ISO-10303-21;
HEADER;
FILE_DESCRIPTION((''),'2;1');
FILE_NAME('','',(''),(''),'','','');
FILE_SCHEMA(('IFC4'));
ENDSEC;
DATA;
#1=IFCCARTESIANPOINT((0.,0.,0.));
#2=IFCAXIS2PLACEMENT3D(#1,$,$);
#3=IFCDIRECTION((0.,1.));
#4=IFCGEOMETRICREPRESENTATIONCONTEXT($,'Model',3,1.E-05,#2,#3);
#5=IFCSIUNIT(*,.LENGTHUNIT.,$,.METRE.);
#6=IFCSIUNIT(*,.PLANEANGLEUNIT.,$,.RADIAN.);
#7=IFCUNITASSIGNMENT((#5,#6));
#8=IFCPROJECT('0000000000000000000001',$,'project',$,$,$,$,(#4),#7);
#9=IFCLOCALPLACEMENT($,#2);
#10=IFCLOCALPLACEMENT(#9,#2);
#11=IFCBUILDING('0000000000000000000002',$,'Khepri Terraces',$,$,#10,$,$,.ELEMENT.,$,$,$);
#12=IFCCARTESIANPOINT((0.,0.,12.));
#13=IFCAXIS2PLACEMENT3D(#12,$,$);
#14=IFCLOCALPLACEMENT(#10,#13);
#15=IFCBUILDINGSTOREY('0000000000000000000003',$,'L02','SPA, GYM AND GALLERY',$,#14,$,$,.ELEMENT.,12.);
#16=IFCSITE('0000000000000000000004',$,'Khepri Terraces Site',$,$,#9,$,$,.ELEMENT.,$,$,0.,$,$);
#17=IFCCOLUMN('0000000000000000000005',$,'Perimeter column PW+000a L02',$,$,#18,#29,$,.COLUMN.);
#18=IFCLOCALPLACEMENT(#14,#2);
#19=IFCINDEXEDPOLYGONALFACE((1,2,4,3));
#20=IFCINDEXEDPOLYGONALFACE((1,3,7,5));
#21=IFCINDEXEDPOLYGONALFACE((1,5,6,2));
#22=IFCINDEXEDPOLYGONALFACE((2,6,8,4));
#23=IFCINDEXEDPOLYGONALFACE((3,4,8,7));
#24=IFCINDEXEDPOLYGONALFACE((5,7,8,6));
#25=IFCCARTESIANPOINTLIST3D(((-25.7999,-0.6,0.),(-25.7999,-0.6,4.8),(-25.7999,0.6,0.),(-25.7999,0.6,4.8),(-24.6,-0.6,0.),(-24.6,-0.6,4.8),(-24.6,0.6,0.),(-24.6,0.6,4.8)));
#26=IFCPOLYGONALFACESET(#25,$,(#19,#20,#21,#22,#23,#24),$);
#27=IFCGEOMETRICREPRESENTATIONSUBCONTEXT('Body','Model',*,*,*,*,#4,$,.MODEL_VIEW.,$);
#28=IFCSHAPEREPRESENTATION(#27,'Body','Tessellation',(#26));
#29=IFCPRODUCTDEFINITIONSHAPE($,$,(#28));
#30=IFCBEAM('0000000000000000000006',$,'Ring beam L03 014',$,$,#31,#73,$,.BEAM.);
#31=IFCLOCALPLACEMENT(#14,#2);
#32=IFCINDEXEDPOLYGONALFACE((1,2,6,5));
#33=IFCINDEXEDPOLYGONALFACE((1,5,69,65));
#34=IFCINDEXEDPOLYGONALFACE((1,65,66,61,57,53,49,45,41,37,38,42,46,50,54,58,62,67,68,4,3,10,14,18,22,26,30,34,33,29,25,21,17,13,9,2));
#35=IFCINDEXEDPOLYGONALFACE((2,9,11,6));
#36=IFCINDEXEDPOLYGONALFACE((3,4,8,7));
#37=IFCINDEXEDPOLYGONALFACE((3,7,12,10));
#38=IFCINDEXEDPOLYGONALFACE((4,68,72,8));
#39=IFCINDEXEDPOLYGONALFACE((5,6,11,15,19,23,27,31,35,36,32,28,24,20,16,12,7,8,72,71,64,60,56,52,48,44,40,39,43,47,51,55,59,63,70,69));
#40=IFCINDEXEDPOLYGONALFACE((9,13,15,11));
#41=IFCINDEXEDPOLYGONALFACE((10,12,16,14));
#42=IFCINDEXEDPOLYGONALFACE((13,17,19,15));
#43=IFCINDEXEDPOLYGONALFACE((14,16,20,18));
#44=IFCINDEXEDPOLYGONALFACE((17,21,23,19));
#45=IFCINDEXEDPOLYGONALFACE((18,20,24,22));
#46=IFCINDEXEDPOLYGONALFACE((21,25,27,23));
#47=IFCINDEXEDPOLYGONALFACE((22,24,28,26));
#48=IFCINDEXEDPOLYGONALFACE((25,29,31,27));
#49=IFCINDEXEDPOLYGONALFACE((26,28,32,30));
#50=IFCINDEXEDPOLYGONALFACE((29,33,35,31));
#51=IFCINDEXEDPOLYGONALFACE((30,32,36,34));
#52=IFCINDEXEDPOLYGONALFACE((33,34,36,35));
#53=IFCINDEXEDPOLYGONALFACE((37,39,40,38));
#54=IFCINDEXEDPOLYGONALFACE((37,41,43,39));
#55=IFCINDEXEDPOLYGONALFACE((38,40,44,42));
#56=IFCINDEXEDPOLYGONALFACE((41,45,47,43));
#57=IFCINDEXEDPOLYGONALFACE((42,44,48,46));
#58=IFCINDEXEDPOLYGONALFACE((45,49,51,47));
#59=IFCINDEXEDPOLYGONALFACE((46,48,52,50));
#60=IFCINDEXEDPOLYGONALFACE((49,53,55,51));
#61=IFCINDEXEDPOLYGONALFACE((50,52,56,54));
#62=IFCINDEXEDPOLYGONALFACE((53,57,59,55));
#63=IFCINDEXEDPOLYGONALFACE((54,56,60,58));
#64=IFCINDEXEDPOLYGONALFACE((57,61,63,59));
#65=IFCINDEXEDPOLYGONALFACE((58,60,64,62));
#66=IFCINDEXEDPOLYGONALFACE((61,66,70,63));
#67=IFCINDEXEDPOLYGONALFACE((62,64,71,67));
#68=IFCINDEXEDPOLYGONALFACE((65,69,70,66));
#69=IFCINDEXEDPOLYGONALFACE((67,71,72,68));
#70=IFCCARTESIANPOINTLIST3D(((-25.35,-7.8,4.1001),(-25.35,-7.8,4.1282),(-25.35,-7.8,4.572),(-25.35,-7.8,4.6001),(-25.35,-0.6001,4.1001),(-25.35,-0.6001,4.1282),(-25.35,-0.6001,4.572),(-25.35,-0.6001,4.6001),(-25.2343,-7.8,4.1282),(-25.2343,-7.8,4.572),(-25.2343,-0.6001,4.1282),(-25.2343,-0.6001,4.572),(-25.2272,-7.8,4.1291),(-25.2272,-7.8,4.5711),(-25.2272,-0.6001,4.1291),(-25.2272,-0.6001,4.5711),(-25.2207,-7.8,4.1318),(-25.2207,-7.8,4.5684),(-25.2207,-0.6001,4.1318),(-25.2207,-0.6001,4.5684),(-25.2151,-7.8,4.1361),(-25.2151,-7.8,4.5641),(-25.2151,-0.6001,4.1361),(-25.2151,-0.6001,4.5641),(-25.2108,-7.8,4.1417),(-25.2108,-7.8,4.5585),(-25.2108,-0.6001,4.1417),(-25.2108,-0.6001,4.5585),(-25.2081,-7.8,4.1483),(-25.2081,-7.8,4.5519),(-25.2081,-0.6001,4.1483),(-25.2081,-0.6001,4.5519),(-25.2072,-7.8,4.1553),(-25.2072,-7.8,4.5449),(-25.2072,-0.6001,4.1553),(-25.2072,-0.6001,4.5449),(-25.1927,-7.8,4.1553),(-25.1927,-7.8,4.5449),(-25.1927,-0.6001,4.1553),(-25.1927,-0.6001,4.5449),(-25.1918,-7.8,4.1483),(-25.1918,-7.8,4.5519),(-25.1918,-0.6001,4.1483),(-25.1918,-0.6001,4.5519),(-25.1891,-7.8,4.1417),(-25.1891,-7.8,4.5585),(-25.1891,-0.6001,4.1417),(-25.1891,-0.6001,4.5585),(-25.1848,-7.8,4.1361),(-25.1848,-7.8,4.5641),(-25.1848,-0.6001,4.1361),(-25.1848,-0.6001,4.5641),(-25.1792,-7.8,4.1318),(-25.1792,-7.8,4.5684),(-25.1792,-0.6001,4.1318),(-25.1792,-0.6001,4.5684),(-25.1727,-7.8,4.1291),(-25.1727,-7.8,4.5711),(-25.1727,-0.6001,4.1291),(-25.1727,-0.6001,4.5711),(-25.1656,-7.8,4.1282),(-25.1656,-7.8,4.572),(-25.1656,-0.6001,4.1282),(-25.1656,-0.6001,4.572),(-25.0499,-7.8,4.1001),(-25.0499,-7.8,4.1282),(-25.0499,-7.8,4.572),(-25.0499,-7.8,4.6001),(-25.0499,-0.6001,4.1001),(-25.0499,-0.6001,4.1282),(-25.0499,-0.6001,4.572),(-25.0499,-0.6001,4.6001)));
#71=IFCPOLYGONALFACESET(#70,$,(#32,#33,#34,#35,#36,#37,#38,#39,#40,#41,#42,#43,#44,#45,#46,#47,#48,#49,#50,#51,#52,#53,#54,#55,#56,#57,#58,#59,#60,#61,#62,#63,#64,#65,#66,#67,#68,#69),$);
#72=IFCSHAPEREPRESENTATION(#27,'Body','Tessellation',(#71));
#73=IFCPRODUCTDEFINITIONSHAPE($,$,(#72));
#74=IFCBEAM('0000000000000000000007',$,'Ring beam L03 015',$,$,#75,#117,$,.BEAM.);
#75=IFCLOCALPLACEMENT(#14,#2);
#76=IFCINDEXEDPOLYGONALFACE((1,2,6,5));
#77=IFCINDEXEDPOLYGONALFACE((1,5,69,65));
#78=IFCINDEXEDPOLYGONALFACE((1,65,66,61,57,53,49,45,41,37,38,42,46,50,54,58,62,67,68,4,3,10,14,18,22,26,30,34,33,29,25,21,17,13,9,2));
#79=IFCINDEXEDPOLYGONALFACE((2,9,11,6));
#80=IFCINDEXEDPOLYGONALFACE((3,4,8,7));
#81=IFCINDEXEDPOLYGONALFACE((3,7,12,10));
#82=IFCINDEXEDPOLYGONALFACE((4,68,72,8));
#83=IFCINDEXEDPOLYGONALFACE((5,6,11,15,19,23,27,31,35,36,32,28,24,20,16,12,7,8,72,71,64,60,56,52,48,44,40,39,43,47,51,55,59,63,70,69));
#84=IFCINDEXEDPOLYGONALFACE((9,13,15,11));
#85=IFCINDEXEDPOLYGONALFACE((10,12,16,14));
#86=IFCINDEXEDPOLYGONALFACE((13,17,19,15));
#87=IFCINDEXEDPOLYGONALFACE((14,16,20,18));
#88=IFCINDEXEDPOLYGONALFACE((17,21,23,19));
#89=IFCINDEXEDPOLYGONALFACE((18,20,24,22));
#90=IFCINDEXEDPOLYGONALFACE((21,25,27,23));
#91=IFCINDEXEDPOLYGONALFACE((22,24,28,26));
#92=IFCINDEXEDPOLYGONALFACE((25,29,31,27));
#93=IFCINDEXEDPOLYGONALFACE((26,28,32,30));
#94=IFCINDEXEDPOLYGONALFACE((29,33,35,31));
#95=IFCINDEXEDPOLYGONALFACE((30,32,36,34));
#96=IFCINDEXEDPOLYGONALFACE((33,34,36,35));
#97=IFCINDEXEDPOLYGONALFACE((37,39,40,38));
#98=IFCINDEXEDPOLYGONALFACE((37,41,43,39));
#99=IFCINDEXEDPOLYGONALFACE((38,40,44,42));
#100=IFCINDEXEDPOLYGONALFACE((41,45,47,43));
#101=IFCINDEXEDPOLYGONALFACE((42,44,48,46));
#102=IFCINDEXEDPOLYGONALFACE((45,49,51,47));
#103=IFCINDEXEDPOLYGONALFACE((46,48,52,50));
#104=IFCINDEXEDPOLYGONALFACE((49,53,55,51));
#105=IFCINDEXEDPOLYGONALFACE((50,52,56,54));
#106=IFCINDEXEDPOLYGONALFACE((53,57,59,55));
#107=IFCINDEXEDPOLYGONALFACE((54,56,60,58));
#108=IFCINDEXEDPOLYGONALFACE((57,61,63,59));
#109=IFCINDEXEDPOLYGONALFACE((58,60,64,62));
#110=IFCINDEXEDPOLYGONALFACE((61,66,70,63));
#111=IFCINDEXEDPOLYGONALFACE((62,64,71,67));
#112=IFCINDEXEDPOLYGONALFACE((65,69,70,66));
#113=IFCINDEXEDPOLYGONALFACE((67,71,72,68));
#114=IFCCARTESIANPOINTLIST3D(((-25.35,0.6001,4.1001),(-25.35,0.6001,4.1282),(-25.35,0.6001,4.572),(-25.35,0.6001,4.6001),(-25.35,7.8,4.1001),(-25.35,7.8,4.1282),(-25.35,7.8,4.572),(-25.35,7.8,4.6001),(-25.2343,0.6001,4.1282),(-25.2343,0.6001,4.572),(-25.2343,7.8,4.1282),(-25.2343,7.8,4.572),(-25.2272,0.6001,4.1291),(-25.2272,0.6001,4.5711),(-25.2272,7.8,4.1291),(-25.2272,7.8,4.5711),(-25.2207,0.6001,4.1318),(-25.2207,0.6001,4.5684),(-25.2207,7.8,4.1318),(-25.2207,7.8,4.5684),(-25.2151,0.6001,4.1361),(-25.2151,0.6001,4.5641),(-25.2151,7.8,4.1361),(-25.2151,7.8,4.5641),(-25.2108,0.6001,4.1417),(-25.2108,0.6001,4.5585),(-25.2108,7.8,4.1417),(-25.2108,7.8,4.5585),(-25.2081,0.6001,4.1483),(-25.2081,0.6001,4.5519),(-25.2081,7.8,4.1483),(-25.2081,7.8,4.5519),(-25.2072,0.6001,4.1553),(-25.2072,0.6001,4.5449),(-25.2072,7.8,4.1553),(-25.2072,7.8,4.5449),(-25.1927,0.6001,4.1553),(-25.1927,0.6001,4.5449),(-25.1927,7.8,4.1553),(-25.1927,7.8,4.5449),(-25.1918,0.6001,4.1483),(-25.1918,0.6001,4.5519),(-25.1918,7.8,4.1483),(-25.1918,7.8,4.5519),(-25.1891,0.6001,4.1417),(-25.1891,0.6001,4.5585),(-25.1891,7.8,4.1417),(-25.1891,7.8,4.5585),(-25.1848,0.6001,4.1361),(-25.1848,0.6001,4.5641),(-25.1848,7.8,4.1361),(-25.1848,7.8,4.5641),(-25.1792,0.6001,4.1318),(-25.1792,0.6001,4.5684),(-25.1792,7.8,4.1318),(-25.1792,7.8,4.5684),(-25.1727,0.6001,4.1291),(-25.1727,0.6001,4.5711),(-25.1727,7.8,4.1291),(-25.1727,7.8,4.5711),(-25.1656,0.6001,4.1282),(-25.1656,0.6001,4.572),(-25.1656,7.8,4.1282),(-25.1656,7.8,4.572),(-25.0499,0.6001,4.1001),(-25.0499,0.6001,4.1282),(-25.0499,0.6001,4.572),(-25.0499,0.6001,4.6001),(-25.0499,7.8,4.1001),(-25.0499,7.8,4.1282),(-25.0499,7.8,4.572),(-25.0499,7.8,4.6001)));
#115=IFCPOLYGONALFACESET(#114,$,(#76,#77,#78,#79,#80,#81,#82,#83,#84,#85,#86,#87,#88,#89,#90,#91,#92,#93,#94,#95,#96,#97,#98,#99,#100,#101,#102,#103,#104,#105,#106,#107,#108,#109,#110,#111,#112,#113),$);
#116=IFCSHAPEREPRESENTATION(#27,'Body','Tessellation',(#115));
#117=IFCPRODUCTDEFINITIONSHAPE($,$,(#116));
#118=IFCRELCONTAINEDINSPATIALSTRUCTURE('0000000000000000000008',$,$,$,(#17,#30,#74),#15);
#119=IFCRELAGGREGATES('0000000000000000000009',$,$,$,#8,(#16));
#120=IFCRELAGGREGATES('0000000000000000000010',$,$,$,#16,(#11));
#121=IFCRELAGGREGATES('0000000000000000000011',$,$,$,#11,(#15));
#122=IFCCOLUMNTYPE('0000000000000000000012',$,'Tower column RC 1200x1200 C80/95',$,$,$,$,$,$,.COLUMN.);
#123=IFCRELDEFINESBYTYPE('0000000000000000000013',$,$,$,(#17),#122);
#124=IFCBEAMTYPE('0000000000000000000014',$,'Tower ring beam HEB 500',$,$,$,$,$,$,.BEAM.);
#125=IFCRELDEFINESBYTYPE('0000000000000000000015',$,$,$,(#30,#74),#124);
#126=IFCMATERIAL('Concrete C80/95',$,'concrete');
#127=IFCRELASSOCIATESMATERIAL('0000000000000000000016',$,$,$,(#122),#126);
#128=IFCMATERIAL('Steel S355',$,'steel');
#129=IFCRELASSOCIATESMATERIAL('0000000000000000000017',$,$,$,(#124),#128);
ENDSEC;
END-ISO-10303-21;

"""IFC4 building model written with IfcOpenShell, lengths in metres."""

from ifc_helpers import new_model, si_unit, direction, frame, origin, origin_2d, place, context, subcontext, project, spatial, rectangle, i_section, extrude, material, material_profile, profile_set, type_object, element, save


model = new_model("IFC4")

# Units and contexts
model_context = context("Model", 3, precision=1e-05, world=origin(), true_north=direction((0.0, 1.0)))
body_context = subcontext(model_context, "Body", "Model", "MODEL_VIEW")
ifc_project = project(units=[si_unit("LENGTHUNIT", "METRE"), si_unit("PLANEANGLEUNIT", "RADIAN")], contexts=[model_context])

# Site, building, storey
site_placement = place(None, origin())
site = spatial("IfcSite", under=ifc_project, at=site_placement, Name="Khepri Terraces Site", CompositionType="ELEMENT", RefElevation=0.0)
building_placement = place(site_placement, origin())
building = spatial("IfcBuilding", under=site, at=building_placement, Name="Khepri Terraces", CompositionType="ELEMENT")
storey_placement = place(building_placement, frame((0.0, 0.0, 12.0)))
storey = spatial("IfcBuildingStorey", under=building, at=storey_placement, Name="L02", Description="SPA, GYM AND GALLERY", CompositionType="ELEMENT", Elevation=12.0)

# Column
ifc_material_1 = material(Name="Concrete C80/95", Category="concrete")
ifc_material_profile_1 = material_profile(ifc_material_1, rectangle(XDim=1.2, YDim=1.2, at=origin_2d()), Name="Concrete C80/95", Category="concrete")
ifc_profile_set_1 = profile_set([ifc_material_profile_1], Name="Concrete C80/95")
column_type = type_object("IfcColumnType", Name="Tower column RC 1200x1200 C80/95", PredefinedType="COLUMN", material=ifc_profile_set_1)
column_placement = place(storey_placement, frame((-25.2, 0.0, 0.0), z_axis=(0.0, 0.0, 1.0), x_axis=(1.0, 0.0, 0.0)))
element("IfcColumn", 1, at=column_placement, inside=storey, type_object=column_type, Name="Perimeter column PW+000a L02", PredefinedType="COLUMN", context=body_context, shape_type="SweptSolid", body=[
    extrude(rectangle(XDim=1.2, YDim=1.2, at=origin_2d()), origin(), (0.0, 0.0, 1.0), 4.8),
])

# Beams
ifc_material_2 = material(Name="Steel S355", Category="steel")
ifc_material_profile_2 = material_profile(ifc_material_2, i_section(OverallWidth=0.3, OverallDepth=0.5, WebThickness=0.0144, FlangeThickness=0.0281, FilletRadius=0.0271, at=origin_2d()), Name="Steel S355", Category="steel")
ifc_profile_set_2 = profile_set([ifc_material_profile_2], Name="Steel S355")
beam_type = type_object("IfcBeamType", Name="Tower ring beam HEB 500", PredefinedType="BEAM", material=ifc_profile_set_2)
for number, where, z_axis, x_axis, name in (
    (2, (-25.2, -7.8, 4.3501), (0.0, 1.0, 0.0), (-1.0, 0.0, 0.0), "Ring beam L03 014"),
    (3, (-25.2, 0.6001, 4.3501), (0.0, 1.0, 0.0), (-1.0, 0.0, 0.0), "Ring beam L03 015"),
):
    element("IfcBeam", number, at=place(storey_placement, frame(where, z_axis=z_axis, x_axis=x_axis)), inside=storey, type_object=beam_type, Name=name, PredefinedType="BEAM", context=body_context, shape_type="SweptSolid", body=[
        extrude(i_section(OverallWidth=0.3, OverallDepth=0.5, WebThickness=0.0144, FlangeThickness=0.0281, FilletRadius=0.0271, at=origin_2d()), origin(), (0.0, 0.0, 1.0), 7.2),
    ])

save(model, "model.ifc")
